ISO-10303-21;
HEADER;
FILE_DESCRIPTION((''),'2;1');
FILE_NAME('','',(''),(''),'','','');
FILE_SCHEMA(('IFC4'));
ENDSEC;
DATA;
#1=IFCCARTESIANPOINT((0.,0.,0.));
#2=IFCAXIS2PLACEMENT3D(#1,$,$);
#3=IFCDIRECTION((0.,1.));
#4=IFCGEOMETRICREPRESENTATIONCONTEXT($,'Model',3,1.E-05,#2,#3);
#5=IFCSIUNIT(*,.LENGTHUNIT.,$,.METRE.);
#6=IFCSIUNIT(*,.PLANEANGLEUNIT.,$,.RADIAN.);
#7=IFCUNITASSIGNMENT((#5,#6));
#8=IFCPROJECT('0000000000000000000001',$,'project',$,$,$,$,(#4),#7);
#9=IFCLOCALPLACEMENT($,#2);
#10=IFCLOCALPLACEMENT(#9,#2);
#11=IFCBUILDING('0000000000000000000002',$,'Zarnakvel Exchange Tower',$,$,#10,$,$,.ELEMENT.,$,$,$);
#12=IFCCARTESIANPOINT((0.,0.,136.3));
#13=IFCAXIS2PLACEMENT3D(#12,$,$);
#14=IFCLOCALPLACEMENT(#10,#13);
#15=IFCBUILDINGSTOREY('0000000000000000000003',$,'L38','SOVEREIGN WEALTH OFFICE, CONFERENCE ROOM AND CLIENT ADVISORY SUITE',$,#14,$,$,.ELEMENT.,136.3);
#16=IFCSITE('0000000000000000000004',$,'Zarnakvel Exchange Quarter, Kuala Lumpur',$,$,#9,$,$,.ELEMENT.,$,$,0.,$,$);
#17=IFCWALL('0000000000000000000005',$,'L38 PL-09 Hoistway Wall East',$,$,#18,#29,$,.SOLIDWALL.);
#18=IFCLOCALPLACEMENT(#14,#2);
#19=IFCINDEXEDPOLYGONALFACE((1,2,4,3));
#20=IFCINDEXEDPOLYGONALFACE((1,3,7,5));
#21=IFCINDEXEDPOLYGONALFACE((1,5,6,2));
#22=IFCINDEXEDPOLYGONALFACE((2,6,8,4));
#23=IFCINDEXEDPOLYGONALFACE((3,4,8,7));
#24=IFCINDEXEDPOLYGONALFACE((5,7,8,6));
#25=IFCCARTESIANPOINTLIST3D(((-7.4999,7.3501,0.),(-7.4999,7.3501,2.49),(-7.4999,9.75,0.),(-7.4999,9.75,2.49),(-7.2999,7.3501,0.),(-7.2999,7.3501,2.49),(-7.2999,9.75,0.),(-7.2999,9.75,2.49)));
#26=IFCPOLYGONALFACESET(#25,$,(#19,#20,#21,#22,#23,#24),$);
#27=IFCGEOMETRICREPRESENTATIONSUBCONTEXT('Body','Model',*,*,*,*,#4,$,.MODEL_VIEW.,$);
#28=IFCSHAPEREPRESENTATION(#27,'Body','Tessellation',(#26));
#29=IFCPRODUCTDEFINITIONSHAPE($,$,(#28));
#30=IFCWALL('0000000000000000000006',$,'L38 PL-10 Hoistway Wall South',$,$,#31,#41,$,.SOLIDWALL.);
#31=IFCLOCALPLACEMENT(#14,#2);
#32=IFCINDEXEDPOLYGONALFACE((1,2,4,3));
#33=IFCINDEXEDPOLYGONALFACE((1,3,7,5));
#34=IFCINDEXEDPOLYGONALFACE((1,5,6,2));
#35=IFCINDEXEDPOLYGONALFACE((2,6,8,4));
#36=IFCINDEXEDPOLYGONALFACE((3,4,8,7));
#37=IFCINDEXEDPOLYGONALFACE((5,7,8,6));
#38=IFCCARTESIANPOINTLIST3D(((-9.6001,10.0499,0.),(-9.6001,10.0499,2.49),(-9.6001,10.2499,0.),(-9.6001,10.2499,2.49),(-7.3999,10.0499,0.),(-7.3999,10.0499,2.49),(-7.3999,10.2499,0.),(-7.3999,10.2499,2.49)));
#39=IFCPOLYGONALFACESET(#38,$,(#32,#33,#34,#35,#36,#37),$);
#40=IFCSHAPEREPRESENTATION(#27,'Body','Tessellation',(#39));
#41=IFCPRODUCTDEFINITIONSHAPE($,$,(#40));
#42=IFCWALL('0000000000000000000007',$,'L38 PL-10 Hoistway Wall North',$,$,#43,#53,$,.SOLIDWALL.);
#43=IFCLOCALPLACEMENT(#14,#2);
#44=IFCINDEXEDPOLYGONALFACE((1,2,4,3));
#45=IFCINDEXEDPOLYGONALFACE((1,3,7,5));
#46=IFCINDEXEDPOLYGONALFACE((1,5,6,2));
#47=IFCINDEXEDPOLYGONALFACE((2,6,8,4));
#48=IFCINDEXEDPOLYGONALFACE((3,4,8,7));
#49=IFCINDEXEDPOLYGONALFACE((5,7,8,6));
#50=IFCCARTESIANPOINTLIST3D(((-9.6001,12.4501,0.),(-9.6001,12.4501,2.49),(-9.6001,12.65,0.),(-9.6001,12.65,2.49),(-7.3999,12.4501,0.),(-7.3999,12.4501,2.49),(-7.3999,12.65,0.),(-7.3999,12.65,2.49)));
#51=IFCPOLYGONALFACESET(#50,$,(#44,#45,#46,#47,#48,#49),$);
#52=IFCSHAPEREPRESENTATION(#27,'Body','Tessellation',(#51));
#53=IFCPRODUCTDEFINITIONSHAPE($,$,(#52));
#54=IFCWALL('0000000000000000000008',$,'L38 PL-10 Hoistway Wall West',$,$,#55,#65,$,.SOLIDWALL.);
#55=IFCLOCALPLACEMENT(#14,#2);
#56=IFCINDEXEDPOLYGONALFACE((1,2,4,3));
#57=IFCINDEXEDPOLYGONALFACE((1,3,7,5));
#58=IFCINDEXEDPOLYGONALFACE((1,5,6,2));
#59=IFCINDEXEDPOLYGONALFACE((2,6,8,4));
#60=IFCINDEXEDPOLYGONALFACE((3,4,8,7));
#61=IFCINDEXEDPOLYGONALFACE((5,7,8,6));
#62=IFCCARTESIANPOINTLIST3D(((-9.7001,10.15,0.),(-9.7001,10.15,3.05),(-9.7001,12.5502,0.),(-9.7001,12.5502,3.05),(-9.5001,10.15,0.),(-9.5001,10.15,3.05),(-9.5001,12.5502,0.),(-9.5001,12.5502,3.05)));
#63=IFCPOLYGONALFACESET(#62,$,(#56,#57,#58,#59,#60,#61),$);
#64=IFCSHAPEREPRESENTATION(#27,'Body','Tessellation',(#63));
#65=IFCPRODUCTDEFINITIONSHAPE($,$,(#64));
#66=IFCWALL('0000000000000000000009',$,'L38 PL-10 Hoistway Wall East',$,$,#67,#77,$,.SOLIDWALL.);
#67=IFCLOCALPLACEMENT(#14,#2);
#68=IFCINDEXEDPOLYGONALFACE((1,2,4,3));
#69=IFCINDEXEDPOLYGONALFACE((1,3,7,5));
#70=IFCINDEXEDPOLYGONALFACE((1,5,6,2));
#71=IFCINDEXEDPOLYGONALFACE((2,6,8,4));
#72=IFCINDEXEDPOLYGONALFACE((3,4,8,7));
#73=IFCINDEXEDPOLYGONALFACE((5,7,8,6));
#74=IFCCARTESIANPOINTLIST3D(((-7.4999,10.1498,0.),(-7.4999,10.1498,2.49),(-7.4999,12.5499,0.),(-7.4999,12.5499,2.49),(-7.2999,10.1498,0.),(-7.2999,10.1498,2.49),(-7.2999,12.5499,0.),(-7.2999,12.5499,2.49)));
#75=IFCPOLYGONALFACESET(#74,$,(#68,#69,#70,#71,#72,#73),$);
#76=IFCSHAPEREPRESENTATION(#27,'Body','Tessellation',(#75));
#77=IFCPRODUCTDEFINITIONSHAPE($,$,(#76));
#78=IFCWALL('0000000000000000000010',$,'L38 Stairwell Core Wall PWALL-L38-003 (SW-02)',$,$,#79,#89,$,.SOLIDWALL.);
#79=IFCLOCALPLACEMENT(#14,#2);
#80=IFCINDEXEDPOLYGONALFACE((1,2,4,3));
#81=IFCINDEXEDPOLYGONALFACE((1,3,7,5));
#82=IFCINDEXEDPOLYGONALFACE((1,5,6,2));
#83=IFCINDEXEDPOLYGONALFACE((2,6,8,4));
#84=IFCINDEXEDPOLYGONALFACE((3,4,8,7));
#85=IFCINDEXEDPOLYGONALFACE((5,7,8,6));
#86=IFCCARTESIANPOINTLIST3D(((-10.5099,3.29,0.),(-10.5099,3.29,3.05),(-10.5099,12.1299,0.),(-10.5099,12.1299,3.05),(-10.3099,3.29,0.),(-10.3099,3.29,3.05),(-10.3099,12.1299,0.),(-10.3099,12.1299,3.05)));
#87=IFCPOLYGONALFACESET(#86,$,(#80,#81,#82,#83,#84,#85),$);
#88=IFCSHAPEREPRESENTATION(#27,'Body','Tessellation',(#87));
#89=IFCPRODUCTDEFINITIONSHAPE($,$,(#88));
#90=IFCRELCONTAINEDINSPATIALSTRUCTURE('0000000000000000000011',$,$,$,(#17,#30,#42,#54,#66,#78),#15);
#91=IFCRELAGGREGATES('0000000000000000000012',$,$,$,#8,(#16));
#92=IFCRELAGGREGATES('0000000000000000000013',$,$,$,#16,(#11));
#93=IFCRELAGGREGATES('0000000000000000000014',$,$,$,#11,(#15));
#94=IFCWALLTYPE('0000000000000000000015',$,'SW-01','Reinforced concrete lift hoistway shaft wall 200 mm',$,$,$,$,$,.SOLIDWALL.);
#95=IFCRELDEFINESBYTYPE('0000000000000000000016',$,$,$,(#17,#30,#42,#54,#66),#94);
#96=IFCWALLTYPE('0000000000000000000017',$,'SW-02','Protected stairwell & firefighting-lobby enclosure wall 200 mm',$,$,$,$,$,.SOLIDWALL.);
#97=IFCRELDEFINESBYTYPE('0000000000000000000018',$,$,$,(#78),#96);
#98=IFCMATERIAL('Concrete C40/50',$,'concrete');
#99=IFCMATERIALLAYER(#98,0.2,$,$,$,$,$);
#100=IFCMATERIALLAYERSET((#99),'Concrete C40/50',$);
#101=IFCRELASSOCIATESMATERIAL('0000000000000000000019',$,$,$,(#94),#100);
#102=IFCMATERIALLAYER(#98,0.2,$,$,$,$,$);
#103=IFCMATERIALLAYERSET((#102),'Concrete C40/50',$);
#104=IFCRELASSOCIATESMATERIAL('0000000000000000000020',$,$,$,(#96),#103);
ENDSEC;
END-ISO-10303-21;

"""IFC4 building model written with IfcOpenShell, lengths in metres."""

from ifc_helpers import new_model, si_unit, direction, frame, frame_2d, origin, place, context, subcontext, project, spatial, rectangle, extrude, material, layer, layer_set, type_object, element, save


model = new_model("IFC4")

# Units and contexts
model_context = context("Model", 3, precision=1e-05, world=origin(), true_north=direction((0.0, 1.0)))
body_context = subcontext(model_context, "Body", "Model", "MODEL_VIEW")
ifc_project = project(units=[si_unit("LENGTHUNIT", "METRE"), si_unit("PLANEANGLEUNIT", "RADIAN")], contexts=[model_context])

# Site, building, storey
site_placement = place(None, origin())
site = spatial("IfcSite", under=ifc_project, at=site_placement, Name="Zarnakvel Exchange Quarter, Kuala Lumpur", CompositionType="ELEMENT", RefElevation=0.0)
building_placement = place(site_placement, origin())
building = spatial("IfcBuilding", under=site, at=building_placement, Name="Zarnakvel Exchange Tower", CompositionType="ELEMENT")
storey_placement = place(building_placement, frame((0.0, 0.0, 136.3)))
storey = spatial("IfcBuildingStorey", under=building, at=storey_placement, Name="L38", Description="SOVEREIGN WEALTH OFFICE, CONFERENCE ROOM AND CLIENT ADVISORY SUITE", CompositionType="ELEMENT", Elevation=136.3)

# Walls
ifc_material_1 = material(Name="Concrete C40/50", Category="concrete")
ifc_layer_1 = layer(ifc_material_1, 0.2)
ifc_layer_set_1 = layer_set([ifc_layer_1], Name="Concrete C40/50")
wall_type_1 = type_object("IfcWallType", Name="SW-01", Description="Reinforced concrete lift hoistway shaft wall 200 mm", PredefinedType="SOLIDWALL", material=ifc_layer_set_1)
wall_1_placement = place(storey_placement, frame((-7.3999, 9.75, 0.0), z_axis=(0.0, 0.0, 1.0), x_axis=(0.0, -1.0, 0.0)))
element("IfcWall", 1, at=wall_1_placement, inside=storey, type_object=wall_type_1, Name="L38 PL-09 Hoistway Wall East", PredefinedType="SOLIDWALL", context=body_context, shape_type="SweptSolid", body=[
    extrude(rectangle(XDim=2.3999, YDim=0.2, at=frame_2d((1.2, 0.0))), origin(), (0.0, 0.0, 1.0), 2.49),
])
for number, where, z_axis, x_axis, name in (
    (2, (-7.3999, 10.1499, 0.0), (0.0, 0.0, 1.0), (-1.0, 0.0, 0.0), "L38 PL-10 Hoistway Wall South"),
    (3, (-9.6001, 12.55, 0.0), (0.0, 0.0, 1.0), (1.0, 0.0, 0.0), "L38 PL-10 Hoistway Wall North"),
):
    element("IfcWall", number, at=place(storey_placement, frame(where, z_axis=z_axis, x_axis=x_axis)), inside=storey, type_object=wall_type_1, Name=name, PredefinedType="SOLIDWALL", context=body_context, shape_type="SweptSolid", body=[
        extrude(rectangle(XDim=2.2002, YDim=0.2, at=frame_2d((1.1001, 0.0))), origin(), (0.0, 0.0, 1.0), 2.49),
    ])
wall_2_placement = place(storey_placement, frame((-9.6001, 10.1499, 0.0), z_axis=(0.0, 0.0, 1.0), x_axis=(0.0, 1.0, 0.0)))
element("IfcWall", 4, at=wall_2_placement, inside=storey, type_object=wall_type_1, Name="L38 PL-10 Hoistway Wall West", PredefinedType="SOLIDWALL", context=body_context, shape_type="SweptSolid", body=[
    extrude(rectangle(XDim=2.4001, YDim=0.2, at=frame_2d((1.2002, 0.0))), origin(), (0.0, 0.0, 1.0), 3.05),
])
wall_3_placement = place(storey_placement, frame((-7.3999, 12.55, 0.0), z_axis=(0.0, 0.0, 1.0), x_axis=(0.0, -1.0, 0.0)))
element("IfcWall", 5, at=wall_3_placement, inside=storey, type_object=wall_type_1, Name="L38 PL-10 Hoistway Wall East", PredefinedType="SOLIDWALL", context=body_context, shape_type="SweptSolid", body=[
    extrude(rectangle(XDim=2.4001, YDim=0.2, at=frame_2d((1.2002, 0.0))), origin(), (0.0, 0.0, 1.0), 2.49),
])
ifc_layer_2 = layer(ifc_material_1, 0.2)
ifc_layer_set_2 = layer_set([ifc_layer_2], Name="Concrete C40/50")
wall_type_2 = type_object("IfcWallType", Name="SW-02", Description="Protected stairwell & firefighting-lobby enclosure wall 200 mm", PredefinedType="SOLIDWALL", material=ifc_layer_set_2)
wall_4_placement = place(storey_placement, frame((-10.4099, 12.1299, 0.0), z_axis=(0.0, 0.0, 1.0), x_axis=(0.0, -1.0, 0.0)))
element("IfcWall", 6, at=wall_4_placement, inside=storey, type_object=wall_type_2, Name="L38 Stairwell Core Wall PWALL-L38-003 (SW-02)", PredefinedType="SOLIDWALL", context=body_context, shape_type="SweptSolid", body=[
    extrude(rectangle(XDim=8.8398, YDim=0.2, at=frame_2d((4.4199, 0.0))), origin(), (0.0, 0.0, 1.0), 3.05),
])

save(model, "model.ifc")
